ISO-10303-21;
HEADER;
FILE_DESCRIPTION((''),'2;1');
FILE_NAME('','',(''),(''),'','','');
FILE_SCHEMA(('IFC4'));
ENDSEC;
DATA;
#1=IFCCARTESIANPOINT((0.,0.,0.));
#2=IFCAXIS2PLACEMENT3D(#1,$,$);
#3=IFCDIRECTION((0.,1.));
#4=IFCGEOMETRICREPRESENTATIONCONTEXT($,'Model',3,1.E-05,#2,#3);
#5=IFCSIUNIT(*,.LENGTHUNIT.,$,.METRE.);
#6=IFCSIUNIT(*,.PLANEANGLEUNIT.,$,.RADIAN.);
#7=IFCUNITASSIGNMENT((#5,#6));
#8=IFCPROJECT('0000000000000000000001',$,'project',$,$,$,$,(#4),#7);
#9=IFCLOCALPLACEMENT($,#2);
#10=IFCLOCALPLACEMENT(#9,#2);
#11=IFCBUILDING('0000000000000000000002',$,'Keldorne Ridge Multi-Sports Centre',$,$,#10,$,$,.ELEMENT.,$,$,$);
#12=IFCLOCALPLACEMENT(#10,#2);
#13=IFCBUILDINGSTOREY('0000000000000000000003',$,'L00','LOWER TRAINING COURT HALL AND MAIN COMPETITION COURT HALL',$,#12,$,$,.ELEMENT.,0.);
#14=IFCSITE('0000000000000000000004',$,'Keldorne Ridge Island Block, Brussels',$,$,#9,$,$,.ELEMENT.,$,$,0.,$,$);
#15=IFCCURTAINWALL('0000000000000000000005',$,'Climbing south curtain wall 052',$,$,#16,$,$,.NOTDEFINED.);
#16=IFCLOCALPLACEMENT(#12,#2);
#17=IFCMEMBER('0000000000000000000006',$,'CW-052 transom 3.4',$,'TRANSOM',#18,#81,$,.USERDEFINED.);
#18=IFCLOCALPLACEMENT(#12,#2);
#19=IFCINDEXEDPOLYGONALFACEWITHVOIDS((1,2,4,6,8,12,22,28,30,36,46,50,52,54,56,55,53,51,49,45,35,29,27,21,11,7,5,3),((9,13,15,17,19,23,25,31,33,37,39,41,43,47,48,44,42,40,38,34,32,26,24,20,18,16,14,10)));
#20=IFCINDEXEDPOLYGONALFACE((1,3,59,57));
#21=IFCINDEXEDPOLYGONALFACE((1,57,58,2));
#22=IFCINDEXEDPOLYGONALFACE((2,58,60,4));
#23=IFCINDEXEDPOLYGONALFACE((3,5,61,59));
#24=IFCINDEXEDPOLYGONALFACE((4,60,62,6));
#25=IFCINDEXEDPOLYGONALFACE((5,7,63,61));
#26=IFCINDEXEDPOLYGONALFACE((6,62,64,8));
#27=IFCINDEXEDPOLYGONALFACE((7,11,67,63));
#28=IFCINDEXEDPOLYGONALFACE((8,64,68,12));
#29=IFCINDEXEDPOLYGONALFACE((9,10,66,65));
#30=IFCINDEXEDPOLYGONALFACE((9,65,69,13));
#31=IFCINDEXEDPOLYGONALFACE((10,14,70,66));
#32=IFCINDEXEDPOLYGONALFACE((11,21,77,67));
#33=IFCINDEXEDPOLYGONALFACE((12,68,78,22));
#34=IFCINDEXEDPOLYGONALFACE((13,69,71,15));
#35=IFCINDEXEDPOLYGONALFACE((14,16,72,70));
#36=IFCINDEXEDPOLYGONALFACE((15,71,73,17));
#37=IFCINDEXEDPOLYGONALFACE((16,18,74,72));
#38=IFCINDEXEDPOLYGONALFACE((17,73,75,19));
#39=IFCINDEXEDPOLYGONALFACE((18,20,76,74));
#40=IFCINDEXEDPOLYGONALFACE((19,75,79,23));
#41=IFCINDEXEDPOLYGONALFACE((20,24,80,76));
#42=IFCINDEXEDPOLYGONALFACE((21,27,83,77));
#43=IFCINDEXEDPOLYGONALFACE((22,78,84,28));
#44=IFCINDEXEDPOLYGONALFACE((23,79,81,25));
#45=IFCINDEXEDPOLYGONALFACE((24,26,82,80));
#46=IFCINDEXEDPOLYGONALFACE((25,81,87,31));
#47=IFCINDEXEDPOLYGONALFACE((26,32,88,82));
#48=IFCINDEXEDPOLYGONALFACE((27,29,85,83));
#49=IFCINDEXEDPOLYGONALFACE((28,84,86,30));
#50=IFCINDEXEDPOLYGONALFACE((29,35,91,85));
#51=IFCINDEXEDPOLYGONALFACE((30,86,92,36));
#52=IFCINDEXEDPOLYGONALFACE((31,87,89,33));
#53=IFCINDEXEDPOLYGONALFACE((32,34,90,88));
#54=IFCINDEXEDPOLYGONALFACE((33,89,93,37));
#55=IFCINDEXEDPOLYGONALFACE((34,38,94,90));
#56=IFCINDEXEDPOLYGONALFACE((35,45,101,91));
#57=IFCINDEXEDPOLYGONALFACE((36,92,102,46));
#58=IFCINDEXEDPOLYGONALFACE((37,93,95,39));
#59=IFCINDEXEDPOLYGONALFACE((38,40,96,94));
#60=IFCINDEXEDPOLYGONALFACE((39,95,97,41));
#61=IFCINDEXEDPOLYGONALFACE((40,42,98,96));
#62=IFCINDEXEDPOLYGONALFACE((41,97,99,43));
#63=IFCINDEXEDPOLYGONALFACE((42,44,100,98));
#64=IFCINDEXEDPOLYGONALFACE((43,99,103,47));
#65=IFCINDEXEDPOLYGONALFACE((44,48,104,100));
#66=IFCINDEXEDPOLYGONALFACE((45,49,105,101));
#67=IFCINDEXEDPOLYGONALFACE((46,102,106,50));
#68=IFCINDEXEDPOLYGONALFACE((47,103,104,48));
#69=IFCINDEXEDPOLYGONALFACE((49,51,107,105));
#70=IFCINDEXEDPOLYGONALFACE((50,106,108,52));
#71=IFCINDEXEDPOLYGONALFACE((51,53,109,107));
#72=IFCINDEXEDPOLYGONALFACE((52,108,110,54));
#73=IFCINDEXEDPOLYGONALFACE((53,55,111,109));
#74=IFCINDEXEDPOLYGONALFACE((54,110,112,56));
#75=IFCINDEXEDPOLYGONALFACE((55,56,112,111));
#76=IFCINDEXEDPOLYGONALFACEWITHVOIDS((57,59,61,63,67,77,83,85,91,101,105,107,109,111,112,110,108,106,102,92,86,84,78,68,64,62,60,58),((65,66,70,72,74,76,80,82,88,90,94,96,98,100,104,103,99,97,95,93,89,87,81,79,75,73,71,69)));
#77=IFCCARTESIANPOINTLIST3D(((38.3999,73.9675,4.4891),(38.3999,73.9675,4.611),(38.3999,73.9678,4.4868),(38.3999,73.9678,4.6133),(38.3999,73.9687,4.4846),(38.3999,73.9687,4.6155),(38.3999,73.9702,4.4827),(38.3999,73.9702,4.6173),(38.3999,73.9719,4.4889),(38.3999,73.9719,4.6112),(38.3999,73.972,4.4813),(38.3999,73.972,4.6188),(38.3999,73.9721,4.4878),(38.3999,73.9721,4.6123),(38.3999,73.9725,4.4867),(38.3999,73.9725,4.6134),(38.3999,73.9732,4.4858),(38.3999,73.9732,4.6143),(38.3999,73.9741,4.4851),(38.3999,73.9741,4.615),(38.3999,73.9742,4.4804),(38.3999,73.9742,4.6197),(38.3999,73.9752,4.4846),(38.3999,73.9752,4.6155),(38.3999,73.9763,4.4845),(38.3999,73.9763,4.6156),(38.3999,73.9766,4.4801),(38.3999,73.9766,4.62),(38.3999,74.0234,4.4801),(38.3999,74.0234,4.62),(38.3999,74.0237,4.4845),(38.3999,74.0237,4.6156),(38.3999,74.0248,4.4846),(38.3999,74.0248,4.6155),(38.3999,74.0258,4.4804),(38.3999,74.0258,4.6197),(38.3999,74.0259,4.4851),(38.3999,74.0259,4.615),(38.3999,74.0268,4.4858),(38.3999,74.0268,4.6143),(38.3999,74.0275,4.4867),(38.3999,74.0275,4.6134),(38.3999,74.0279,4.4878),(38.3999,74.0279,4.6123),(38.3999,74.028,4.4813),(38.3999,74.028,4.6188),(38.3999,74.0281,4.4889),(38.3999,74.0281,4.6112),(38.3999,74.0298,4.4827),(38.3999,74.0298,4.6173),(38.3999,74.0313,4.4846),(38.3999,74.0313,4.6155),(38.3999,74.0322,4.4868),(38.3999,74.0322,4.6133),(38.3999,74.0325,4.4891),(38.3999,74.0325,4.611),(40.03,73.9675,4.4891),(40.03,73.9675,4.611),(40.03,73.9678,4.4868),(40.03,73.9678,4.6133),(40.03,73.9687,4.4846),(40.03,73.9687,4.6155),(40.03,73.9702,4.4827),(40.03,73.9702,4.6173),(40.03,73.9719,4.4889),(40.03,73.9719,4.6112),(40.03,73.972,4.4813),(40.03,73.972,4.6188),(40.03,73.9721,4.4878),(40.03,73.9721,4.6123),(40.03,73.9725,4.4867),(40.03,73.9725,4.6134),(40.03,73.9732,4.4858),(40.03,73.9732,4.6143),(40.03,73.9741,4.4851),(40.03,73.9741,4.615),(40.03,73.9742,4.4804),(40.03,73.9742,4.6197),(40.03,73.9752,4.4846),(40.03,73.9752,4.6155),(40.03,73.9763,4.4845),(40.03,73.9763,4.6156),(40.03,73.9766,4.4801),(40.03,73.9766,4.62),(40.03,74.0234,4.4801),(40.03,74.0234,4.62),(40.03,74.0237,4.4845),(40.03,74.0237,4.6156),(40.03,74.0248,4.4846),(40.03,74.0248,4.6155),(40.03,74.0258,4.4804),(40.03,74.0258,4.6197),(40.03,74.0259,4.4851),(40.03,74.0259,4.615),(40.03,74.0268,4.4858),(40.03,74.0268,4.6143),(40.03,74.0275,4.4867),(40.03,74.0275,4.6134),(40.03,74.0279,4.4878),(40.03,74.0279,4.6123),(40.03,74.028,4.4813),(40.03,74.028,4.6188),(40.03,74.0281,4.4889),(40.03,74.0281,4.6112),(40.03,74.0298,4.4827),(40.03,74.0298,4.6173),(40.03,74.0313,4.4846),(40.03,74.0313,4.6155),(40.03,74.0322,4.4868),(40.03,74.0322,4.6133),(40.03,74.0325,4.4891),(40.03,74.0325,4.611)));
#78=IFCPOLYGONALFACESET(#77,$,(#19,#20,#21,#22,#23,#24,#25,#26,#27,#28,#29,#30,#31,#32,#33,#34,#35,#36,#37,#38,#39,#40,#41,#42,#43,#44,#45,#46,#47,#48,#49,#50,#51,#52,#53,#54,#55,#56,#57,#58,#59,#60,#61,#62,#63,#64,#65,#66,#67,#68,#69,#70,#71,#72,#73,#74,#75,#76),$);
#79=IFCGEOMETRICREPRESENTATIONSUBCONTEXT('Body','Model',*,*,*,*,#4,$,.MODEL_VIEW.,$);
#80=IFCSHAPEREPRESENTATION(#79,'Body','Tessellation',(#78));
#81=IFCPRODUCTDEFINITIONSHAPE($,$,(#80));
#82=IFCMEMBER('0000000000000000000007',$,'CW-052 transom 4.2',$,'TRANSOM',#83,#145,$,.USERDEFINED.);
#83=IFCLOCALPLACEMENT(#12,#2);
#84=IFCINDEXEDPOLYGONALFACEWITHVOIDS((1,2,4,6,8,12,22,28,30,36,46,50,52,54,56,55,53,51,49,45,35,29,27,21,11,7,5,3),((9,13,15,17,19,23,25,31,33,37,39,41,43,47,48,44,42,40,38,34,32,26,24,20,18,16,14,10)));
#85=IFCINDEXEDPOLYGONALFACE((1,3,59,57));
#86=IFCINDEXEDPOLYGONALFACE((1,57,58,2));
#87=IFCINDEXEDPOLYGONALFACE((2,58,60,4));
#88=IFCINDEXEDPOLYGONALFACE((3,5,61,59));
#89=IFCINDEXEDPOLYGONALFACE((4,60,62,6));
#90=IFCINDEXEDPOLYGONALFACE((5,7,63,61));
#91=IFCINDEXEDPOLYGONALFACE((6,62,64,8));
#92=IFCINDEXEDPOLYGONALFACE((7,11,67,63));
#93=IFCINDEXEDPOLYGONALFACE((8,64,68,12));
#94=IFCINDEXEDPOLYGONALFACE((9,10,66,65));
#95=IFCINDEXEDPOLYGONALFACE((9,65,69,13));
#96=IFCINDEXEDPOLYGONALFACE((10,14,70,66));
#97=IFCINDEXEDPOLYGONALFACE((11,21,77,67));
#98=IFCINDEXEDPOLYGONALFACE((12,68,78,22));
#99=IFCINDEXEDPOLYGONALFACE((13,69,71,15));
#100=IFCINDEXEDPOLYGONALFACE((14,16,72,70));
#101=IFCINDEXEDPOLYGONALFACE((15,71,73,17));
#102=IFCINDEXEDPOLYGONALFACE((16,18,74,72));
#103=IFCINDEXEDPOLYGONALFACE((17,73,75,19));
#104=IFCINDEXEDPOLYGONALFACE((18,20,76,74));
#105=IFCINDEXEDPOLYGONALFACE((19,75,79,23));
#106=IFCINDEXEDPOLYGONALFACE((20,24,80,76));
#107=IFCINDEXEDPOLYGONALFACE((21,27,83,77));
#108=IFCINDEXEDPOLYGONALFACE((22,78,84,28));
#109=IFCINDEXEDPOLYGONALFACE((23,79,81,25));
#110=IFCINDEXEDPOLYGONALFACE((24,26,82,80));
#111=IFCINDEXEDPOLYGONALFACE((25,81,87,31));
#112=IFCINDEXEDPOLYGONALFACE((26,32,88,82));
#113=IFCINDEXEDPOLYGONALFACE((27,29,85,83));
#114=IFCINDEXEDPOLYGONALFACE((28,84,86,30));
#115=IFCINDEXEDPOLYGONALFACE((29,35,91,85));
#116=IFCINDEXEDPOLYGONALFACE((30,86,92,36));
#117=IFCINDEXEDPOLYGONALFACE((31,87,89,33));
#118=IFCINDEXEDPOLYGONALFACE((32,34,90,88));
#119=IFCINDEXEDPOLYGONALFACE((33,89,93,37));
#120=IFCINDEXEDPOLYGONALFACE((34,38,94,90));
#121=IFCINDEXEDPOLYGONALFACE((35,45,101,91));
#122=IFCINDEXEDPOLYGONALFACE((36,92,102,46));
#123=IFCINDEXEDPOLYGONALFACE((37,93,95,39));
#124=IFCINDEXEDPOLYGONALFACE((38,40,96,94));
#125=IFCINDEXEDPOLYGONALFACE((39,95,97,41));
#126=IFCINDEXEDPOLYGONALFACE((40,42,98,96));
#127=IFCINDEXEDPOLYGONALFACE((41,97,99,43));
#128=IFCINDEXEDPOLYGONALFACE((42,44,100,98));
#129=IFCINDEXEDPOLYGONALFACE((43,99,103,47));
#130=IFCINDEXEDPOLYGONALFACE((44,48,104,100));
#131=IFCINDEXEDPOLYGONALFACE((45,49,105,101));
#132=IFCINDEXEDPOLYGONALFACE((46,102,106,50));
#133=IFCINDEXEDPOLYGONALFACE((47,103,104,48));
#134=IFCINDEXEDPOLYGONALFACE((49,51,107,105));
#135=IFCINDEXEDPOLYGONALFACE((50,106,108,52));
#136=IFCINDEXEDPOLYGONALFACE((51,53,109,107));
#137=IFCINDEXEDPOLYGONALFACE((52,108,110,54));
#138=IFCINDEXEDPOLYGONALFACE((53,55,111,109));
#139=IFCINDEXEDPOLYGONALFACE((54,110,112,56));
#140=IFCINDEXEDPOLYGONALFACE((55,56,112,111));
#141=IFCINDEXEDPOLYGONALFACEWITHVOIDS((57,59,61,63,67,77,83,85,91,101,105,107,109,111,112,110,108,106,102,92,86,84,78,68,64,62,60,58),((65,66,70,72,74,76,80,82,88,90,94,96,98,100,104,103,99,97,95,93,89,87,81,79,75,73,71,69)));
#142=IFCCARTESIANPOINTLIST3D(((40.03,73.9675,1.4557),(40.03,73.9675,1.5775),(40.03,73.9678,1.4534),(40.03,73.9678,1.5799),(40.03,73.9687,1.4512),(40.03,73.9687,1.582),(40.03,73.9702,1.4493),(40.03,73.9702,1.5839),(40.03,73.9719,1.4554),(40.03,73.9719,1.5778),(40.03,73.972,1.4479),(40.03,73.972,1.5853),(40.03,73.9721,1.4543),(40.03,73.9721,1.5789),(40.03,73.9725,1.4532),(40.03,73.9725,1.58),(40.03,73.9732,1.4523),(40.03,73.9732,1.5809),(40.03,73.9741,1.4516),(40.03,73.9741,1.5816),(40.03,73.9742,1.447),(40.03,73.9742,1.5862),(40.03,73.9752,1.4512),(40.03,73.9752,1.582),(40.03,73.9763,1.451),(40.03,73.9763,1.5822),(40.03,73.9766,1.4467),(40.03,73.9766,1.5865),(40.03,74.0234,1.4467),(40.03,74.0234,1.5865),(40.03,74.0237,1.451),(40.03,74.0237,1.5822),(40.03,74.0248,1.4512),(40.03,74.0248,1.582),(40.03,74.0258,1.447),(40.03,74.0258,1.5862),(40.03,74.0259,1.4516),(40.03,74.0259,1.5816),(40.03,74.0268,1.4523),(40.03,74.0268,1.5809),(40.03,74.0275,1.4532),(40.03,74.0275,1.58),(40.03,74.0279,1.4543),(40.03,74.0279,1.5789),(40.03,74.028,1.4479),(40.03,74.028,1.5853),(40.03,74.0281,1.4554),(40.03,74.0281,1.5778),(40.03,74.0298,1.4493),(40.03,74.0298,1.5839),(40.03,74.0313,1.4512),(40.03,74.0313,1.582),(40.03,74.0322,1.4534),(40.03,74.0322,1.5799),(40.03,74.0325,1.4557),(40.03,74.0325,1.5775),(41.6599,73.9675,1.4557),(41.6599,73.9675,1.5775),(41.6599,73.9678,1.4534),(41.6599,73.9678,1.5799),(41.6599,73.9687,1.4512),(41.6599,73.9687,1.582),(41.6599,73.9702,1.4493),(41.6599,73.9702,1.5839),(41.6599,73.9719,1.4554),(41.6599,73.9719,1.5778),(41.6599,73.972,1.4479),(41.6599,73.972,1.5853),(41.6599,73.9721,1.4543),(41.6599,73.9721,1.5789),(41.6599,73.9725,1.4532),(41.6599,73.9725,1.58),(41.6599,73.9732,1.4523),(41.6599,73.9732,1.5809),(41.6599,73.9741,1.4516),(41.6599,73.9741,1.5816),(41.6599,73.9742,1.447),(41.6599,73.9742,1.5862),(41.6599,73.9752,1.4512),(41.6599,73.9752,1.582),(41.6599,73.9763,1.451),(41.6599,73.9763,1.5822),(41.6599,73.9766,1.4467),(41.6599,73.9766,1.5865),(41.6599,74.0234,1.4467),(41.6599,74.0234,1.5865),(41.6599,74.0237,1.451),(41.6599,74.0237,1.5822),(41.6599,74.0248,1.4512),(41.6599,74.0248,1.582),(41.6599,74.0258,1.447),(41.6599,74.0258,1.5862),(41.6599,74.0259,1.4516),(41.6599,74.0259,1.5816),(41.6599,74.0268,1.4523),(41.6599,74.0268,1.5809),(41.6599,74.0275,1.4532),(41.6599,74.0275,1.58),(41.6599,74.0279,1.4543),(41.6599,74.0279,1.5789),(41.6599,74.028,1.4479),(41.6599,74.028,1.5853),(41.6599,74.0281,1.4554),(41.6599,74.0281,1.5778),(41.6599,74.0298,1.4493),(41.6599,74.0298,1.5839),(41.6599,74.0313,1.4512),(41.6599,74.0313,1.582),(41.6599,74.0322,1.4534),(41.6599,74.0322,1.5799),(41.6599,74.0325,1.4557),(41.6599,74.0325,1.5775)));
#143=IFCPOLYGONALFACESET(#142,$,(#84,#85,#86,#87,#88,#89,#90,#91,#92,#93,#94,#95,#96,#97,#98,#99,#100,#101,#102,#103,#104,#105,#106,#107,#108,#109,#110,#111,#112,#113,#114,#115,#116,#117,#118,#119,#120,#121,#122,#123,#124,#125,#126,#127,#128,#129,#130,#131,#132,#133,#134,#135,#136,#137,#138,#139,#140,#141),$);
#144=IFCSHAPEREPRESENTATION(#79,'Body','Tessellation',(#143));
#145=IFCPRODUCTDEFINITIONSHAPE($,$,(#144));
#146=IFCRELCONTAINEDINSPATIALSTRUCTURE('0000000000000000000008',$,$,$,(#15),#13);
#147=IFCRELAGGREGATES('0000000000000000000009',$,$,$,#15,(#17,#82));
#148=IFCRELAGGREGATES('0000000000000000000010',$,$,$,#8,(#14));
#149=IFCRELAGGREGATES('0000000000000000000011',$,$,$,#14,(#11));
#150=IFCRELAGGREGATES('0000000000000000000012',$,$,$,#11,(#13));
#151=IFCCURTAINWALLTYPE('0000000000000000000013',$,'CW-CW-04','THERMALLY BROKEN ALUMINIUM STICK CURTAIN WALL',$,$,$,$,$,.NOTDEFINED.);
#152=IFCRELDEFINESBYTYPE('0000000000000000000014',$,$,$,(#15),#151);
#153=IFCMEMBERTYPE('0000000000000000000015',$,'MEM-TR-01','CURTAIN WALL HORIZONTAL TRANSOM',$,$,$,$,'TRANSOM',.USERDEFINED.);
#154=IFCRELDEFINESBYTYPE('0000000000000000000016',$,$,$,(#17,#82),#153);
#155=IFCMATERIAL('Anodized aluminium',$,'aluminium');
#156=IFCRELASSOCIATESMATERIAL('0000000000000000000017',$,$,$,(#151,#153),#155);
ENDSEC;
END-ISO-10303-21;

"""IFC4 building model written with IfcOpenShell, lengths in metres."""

from ifc_helpers import new_model, si_unit, direction, frame, origin, origin_2d, place, context, subcontext, project, spatial, hollow_rectangle, extrude, material, material_profile, profile_set, type_object, element, aggregate, save


model = new_model("IFC4")

# Units and contexts
model_context = context("Model", 3, precision=1e-05, world=origin(), true_north=direction((0.0, 1.0)))
body_context = subcontext(model_context, "Body", "Model", "MODEL_VIEW")
ifc_project = project(units=[si_unit("LENGTHUNIT", "METRE"), si_unit("PLANEANGLEUNIT", "RADIAN")], contexts=[model_context])

# Site, building, storey
site_placement = place(None, origin())
site = spatial("IfcSite", under=ifc_project, at=site_placement, Name="Keldorne Ridge Island Block, Brussels", CompositionType="ELEMENT", RefElevation=0.0)
building_placement = place(site_placement, origin())
building = spatial("IfcBuilding", under=site, at=building_placement, Name="Keldorne Ridge Multi-Sports Centre", CompositionType="ELEMENT")
storey_placement = place(building_placement, origin())
storey = spatial("IfcBuildingStorey", under=building, at=storey_placement, Name="L00", Description="LOWER TRAINING COURT HALL AND MAIN COMPETITION COURT HALL", CompositionType="ELEMENT", Elevation=0.0)

# Curtain wall, members
ifc_material_1 = material(Name="Anodized aluminium", Category="aluminium")
curtain_wall_type_1 = type_object("IfcCurtainWallType", Name="CW-CW-04", Description="THERMALLY BROKEN ALUMINIUM STICK CURTAIN WALL", PredefinedType="NOTDEFINED", material=ifc_material_1)
curtain_wall_1_placement = place(storey_placement, origin())
curtain_wall_1 = element("IfcCurtainWall", 1, at=curtain_wall_1_placement, inside=storey, type_object=curtain_wall_type_1, Name="Climbing south curtain wall 052", PredefinedType="NOTDEFINED")
ifc_material_profile = material_profile(ifc_material_1, hollow_rectangle(XDim=0.0649, YDim=0.1399, WallThickness=0.0044, InnerFilletRadius=0.0044, OuterFilletRadius=0.009, at=origin_2d()), Name="ALU TRANSOM 140x65x4.5")
ifc_profile_set = profile_set([ifc_material_profile], Name="Anodized aluminium")
member_type = type_object("IfcMemberType", Name="MEM-TR-01", Description="CURTAIN WALL HORIZONTAL TRANSOM", ElementType="TRANSOM", PredefinedType="USERDEFINED", material=ifc_profile_set)
member_1_placement = place(storey_placement, frame((38.3999, 74.0, 4.55), z_axis=(1.0, 0.0, 0.0), x_axis=(0.0, 1.0, 0.0)))
member_1 = element("IfcMember", 2, at=member_1_placement, type_object=member_type, Name="CW-052 transom 3.4", ObjectType="TRANSOM", PredefinedType="USERDEFINED", context=body_context, shape_type="SweptSolid", body=[
    extrude(hollow_rectangle(XDim=0.0649, YDim=0.1399, WallThickness=0.0044, InnerFilletRadius=0.0044, OuterFilletRadius=0.009, at=origin_2d()), origin(), (0.0, 0.0, 1.0), 1.6301),
])
member_2_placement = place(storey_placement, frame((40.03, 74.0, 1.5166), z_axis=(1.0, 0.0, 0.0), x_axis=(0.0, 1.0, 0.0)))
member_2 = element("IfcMember", 3, at=member_2_placement, type_object=member_type, Name="CW-052 transom 4.2", ObjectType="TRANSOM", PredefinedType="USERDEFINED", context=body_context, shape_type="SweptSolid", body=[
    extrude(hollow_rectangle(XDim=0.0649, YDim=0.1399, WallThickness=0.0044, InnerFilletRadius=0.0044, OuterFilletRadius=0.009, at=origin_2d()), origin(), (0.0, 0.0, 1.0), 1.6299),
])

aggregate(curtain_wall_1, [member_1, member_2])

save(model, "model.ifc")
